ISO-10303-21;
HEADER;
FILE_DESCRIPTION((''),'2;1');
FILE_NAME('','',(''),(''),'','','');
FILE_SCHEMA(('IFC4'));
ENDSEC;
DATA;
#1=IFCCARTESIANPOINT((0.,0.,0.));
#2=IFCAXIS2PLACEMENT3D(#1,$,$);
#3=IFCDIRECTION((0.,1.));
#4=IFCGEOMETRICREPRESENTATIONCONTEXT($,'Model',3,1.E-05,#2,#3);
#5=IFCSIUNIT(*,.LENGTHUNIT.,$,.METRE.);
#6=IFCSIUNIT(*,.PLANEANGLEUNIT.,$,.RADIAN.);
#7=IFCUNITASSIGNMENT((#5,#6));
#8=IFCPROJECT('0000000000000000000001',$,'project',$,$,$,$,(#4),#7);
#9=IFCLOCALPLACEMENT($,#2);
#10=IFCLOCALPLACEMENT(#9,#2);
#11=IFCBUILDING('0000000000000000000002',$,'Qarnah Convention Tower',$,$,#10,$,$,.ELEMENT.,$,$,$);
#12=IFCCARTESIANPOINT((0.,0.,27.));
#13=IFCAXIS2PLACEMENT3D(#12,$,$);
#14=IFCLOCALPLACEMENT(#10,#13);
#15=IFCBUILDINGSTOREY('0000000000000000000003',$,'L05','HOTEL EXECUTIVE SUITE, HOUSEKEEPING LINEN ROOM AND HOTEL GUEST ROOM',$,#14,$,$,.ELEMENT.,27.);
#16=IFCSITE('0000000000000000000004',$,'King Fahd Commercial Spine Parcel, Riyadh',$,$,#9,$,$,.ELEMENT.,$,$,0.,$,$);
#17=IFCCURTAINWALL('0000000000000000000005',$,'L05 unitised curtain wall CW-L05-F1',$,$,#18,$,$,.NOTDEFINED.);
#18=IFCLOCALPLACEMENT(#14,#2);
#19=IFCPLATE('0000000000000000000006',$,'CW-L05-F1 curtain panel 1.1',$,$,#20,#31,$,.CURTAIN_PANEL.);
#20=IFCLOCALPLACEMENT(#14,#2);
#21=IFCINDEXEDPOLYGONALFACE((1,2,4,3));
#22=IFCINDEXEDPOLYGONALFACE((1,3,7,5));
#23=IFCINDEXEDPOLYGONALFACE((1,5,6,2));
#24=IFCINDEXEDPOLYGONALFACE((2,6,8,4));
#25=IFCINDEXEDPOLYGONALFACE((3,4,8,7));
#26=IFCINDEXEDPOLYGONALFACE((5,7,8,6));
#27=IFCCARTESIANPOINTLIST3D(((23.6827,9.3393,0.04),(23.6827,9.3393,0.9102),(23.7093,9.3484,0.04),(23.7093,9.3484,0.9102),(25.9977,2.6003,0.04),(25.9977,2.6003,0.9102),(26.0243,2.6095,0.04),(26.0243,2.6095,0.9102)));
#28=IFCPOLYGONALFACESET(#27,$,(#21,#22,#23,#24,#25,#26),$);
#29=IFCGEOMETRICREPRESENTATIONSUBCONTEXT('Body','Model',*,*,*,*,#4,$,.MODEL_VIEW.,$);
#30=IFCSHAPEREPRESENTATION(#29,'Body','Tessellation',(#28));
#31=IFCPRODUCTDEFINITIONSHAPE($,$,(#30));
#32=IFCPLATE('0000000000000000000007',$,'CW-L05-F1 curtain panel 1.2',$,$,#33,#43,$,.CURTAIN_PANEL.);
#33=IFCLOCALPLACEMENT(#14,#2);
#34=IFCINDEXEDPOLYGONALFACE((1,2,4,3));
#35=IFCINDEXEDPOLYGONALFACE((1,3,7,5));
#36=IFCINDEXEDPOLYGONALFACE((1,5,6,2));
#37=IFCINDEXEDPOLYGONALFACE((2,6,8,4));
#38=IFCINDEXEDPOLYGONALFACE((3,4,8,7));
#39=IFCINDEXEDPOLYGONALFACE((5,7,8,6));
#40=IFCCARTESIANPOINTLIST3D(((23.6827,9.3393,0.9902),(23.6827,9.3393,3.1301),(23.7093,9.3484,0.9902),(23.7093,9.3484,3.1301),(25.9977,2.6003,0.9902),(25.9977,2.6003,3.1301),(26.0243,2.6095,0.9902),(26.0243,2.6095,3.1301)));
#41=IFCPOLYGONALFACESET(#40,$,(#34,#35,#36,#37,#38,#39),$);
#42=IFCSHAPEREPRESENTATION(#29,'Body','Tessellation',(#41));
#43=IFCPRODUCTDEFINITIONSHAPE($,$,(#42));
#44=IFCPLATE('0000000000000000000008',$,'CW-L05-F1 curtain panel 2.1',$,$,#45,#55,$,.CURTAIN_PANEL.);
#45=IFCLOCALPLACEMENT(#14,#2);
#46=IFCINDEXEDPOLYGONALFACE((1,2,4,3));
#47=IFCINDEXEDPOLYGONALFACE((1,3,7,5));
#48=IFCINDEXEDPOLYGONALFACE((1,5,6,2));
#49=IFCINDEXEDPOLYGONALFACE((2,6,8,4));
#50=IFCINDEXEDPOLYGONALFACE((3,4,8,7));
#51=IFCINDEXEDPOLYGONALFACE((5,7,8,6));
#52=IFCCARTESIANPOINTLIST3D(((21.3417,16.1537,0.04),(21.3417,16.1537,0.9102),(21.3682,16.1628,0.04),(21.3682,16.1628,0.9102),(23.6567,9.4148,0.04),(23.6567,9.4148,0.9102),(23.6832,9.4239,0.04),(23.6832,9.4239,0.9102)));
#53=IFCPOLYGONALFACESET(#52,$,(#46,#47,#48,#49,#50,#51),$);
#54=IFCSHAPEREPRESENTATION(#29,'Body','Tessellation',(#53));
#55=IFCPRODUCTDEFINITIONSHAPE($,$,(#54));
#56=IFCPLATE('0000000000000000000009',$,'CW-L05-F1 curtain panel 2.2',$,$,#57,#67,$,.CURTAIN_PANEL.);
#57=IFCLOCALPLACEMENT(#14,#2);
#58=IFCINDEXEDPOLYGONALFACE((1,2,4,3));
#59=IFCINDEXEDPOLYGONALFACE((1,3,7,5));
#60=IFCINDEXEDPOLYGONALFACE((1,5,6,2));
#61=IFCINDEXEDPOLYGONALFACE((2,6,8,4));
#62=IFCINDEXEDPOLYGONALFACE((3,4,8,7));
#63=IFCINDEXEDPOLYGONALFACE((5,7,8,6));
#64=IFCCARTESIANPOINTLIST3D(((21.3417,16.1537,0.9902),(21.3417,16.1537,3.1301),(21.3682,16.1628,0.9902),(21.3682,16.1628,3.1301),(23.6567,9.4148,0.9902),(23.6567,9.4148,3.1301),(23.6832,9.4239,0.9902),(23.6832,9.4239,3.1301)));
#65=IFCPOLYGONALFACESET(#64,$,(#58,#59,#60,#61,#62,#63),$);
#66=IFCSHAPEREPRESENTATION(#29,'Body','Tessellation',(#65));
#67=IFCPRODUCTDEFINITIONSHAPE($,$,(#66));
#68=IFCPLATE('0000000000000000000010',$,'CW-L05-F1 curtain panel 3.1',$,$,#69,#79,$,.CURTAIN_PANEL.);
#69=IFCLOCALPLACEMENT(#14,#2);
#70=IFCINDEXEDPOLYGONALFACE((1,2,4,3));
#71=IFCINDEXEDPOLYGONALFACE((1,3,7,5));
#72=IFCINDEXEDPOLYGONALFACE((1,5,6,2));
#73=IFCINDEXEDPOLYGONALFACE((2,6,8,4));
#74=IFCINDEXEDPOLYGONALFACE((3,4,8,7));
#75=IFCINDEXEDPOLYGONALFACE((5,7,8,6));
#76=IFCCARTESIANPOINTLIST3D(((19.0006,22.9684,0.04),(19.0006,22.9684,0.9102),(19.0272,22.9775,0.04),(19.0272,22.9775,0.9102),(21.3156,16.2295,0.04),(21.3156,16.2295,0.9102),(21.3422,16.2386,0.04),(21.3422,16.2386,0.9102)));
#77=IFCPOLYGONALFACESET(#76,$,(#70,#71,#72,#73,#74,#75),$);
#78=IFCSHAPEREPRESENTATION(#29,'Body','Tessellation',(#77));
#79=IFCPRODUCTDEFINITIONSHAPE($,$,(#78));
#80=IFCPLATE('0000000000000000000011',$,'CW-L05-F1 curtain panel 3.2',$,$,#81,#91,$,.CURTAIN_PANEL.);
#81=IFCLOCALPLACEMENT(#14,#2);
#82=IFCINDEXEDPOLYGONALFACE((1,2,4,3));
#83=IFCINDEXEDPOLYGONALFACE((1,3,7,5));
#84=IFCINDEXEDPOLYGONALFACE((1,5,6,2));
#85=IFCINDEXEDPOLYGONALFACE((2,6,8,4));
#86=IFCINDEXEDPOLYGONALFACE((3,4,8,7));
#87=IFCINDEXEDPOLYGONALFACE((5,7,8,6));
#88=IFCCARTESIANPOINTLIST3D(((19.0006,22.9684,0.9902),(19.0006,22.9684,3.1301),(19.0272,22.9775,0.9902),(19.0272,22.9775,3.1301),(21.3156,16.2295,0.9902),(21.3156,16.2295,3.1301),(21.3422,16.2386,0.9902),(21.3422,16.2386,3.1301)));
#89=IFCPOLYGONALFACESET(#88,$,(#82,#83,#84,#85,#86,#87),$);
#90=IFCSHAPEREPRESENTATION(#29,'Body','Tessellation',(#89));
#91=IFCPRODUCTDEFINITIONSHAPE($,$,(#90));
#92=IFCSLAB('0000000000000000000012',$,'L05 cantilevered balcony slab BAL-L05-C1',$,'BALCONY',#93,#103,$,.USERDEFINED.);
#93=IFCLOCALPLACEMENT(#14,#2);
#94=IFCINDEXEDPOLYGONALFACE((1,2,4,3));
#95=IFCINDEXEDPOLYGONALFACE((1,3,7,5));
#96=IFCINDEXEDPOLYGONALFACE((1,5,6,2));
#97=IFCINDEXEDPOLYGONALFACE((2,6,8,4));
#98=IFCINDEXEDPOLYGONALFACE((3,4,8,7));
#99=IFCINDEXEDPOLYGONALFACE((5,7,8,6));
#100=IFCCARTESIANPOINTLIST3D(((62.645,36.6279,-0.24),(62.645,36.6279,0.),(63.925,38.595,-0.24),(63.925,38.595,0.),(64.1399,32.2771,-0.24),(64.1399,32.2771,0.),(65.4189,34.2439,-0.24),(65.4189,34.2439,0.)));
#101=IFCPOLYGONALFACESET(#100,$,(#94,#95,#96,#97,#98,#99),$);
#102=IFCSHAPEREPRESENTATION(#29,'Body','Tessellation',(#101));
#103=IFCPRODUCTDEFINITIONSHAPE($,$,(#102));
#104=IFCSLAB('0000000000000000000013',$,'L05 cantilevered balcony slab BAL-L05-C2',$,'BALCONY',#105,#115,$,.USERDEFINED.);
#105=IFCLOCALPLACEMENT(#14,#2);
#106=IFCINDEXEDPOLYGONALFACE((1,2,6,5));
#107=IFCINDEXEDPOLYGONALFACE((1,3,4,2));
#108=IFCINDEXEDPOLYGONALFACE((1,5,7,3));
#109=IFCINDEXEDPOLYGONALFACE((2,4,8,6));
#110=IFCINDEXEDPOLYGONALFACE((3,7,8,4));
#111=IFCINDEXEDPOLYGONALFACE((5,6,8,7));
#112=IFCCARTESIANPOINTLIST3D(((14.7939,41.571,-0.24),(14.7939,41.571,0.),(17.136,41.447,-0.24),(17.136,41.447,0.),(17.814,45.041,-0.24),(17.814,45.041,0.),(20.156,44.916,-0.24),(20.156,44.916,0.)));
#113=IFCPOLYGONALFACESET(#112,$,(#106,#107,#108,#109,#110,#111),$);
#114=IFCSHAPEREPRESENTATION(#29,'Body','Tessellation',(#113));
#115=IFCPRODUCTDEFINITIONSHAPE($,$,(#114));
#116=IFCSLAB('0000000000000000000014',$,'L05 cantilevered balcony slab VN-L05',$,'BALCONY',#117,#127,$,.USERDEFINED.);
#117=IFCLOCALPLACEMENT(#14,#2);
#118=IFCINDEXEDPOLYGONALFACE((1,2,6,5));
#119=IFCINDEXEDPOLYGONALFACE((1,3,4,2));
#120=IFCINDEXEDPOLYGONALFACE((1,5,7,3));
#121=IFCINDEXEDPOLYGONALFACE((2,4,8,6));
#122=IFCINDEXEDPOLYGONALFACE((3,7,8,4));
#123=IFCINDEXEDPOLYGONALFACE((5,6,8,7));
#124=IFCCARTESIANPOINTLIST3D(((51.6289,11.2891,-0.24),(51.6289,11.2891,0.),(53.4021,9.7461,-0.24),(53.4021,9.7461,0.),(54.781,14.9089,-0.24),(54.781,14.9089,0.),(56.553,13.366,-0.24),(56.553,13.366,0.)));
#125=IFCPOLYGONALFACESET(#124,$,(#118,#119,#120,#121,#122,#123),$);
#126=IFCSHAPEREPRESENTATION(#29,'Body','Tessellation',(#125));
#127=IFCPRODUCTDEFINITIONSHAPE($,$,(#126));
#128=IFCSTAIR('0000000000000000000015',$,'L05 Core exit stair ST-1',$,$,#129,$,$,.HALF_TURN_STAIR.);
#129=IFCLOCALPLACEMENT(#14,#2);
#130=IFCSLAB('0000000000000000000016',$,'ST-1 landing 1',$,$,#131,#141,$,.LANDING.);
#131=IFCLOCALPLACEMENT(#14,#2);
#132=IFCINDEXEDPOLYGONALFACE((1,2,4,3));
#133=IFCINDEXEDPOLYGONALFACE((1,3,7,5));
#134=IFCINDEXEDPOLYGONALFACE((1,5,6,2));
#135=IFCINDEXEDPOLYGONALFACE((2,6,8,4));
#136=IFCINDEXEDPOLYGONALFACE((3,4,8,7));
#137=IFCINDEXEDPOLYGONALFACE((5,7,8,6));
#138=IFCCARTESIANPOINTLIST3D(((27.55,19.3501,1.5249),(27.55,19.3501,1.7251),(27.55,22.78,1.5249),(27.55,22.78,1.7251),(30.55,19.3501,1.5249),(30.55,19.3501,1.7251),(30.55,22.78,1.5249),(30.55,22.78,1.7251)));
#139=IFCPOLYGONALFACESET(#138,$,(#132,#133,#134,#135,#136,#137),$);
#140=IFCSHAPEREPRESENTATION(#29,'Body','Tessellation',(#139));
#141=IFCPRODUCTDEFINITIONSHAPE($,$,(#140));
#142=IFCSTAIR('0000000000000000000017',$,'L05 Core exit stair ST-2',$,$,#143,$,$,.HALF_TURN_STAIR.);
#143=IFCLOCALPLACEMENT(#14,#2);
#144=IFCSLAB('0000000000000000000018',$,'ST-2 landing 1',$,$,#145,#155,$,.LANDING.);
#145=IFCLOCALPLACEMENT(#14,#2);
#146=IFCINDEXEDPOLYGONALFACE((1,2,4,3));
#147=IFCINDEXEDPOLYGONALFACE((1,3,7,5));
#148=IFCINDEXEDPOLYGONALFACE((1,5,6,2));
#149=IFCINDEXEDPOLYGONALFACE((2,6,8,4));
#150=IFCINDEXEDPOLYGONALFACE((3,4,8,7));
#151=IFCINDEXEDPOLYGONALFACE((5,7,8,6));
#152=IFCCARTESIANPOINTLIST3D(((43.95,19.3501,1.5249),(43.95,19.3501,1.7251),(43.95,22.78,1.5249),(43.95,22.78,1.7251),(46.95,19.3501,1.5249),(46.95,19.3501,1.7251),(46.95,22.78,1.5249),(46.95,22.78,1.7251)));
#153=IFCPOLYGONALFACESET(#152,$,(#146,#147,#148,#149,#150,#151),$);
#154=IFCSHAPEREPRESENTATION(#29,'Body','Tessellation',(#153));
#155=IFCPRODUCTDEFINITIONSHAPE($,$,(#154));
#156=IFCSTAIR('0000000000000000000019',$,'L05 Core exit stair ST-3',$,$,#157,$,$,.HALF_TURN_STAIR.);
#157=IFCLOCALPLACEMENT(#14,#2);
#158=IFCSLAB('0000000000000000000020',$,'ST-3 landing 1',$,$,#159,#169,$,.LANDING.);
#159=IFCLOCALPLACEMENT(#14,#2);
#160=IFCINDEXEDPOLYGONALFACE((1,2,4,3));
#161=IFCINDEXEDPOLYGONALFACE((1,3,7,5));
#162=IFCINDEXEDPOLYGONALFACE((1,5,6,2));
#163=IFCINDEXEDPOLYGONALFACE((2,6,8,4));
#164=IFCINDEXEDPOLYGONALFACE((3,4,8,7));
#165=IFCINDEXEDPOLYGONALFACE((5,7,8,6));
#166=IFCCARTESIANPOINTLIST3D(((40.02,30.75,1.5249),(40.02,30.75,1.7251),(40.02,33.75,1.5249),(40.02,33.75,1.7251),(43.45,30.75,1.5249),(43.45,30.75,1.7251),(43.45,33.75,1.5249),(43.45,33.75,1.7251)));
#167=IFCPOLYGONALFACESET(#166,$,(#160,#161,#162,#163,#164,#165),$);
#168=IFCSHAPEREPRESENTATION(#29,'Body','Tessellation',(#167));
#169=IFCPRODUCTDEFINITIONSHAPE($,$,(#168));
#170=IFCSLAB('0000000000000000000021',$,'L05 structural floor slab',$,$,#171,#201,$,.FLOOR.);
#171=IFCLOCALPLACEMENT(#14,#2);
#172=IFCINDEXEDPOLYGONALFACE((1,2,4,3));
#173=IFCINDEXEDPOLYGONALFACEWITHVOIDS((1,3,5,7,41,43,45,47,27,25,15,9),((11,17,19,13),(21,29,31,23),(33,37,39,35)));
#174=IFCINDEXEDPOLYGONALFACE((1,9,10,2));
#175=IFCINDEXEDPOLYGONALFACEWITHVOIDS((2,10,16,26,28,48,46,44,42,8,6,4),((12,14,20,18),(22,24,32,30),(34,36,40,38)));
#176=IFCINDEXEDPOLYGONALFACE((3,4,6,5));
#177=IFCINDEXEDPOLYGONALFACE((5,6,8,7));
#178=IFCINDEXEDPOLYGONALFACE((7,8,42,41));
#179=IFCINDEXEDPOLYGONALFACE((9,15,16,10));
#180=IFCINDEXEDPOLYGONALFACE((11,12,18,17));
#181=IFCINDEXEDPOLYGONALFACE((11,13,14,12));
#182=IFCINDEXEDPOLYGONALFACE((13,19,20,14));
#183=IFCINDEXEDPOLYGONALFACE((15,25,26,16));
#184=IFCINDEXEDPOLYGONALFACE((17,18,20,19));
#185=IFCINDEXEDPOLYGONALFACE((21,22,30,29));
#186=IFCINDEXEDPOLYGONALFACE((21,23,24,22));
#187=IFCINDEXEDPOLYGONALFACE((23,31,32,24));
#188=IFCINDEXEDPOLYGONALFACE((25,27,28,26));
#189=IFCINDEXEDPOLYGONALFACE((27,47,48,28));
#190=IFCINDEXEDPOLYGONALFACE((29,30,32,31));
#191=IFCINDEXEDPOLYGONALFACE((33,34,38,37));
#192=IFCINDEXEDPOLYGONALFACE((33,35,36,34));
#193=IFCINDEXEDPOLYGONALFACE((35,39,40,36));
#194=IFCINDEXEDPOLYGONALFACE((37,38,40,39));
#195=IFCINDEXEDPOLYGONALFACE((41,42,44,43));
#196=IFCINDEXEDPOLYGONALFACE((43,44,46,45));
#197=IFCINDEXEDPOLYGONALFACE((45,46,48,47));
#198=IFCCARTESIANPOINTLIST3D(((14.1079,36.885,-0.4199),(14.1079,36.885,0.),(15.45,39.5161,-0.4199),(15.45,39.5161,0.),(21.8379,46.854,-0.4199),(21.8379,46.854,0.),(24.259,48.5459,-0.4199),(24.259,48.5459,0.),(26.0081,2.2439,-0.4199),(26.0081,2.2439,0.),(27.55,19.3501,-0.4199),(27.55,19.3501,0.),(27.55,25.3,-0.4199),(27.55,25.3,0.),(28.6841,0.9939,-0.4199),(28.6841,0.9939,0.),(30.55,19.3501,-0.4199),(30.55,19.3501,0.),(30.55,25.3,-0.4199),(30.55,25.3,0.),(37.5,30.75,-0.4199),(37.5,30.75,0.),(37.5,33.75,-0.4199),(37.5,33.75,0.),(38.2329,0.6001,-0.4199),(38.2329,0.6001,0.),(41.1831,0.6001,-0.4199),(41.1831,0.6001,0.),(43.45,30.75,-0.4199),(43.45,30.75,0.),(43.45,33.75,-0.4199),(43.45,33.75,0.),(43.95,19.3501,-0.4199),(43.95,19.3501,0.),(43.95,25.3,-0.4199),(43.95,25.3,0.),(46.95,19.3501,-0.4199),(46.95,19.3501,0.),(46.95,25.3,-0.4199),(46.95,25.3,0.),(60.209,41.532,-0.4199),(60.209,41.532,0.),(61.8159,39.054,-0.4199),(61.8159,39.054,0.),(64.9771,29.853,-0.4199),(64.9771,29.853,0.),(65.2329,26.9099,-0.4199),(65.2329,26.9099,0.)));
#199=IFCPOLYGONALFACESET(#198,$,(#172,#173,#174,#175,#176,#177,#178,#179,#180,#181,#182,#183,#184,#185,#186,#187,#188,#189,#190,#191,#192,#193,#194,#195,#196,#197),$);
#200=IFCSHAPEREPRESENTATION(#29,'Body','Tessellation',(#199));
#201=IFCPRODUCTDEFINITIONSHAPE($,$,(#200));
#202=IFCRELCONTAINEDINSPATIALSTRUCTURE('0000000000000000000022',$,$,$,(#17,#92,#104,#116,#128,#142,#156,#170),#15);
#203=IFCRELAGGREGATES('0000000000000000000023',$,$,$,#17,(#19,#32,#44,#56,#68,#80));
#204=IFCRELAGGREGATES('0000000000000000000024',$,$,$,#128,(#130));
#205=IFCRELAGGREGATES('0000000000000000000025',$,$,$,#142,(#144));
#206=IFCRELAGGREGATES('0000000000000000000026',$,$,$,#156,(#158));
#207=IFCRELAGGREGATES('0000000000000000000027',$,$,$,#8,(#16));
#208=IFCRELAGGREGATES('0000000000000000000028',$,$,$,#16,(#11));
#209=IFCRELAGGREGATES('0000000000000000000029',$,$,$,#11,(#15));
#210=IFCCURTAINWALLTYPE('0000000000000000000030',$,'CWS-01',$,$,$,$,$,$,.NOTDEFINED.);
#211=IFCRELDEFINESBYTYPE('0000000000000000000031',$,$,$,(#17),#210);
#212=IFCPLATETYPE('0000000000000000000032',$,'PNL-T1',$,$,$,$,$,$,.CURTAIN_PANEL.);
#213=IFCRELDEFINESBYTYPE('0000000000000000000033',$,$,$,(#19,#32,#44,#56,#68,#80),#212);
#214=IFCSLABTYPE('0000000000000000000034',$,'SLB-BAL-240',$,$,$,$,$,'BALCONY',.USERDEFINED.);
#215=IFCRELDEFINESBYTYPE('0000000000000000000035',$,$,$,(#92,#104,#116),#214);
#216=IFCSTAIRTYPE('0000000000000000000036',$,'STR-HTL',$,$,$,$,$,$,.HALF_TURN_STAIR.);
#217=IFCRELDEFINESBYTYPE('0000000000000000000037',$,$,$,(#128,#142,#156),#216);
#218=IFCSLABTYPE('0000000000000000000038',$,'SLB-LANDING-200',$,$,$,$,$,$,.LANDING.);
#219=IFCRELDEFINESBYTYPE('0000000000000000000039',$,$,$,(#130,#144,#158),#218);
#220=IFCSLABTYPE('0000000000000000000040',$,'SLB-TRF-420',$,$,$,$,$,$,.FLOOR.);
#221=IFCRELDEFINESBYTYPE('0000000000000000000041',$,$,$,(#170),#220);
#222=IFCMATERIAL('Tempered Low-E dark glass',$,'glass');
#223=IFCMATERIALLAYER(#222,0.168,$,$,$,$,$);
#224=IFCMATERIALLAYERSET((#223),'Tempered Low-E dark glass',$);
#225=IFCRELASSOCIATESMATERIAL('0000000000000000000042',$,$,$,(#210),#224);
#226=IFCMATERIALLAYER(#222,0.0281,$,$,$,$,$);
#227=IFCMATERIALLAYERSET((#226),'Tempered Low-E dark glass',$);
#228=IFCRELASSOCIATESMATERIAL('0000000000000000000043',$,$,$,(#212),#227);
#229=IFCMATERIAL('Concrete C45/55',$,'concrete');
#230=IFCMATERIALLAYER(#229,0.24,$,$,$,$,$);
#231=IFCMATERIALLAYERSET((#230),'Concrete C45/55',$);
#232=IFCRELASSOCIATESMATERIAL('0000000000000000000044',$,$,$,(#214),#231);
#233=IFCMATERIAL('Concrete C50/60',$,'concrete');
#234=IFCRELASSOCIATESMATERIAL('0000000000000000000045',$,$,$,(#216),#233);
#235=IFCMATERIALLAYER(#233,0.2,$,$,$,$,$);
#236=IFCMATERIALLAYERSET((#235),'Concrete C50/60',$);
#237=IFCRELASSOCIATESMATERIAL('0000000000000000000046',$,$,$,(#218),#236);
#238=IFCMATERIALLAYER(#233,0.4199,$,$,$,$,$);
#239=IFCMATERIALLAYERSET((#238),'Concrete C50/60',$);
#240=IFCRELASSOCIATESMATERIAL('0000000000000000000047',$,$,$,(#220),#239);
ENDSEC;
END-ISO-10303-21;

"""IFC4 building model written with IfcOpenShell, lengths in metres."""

from ifc_helpers import new_model, si_unit, direction, frame, origin, origin_2d, place, context, subcontext, project, spatial, polyline, rectangle, outline, extrude, material, layer, layer_set, type_object, element, aggregate, save


model = new_model("IFC4")

# Units and contexts
model_context = context("Model", 3, precision=1e-05, world=origin(), true_north=direction((0.0, 1.0)))
body_context = subcontext(model_context, "Body", "Model", "MODEL_VIEW")
ifc_project = project(units=[si_unit("LENGTHUNIT", "METRE"), si_unit("PLANEANGLEUNIT", "RADIAN")], contexts=[model_context])

# Site, building, storey
site_placement = place(None, origin())
site = spatial("IfcSite", under=ifc_project, at=site_placement, Name="King Fahd Commercial Spine Parcel, Riyadh", CompositionType="ELEMENT", RefElevation=0.0)
building_placement = place(site_placement, origin())
building = spatial("IfcBuilding", under=site, at=building_placement, Name="Qarnah Convention Tower", CompositionType="ELEMENT")
storey_placement = place(building_placement, frame((0.0, 0.0, 27.0)))
storey = spatial("IfcBuildingStorey", under=building, at=storey_placement, Name="L05", Description="HOTEL EXECUTIVE SUITE, HOUSEKEEPING LINEN ROOM AND HOTEL GUEST ROOM", CompositionType="ELEMENT", Elevation=27.0)

# Curtain wall, plates
ifc_material_1 = material(Name="Tempered Low-E dark glass", Category="glass")
ifc_layer_1 = layer(ifc_material_1, 0.168)
ifc_layer_set_1 = layer_set([ifc_layer_1], Name="Tempered Low-E dark glass")
curtain_wall_type = type_object("IfcCurtainWallType", Name="CWS-01", PredefinedType="NOTDEFINED", material=ifc_layer_set_1)
curtain_wall_placement = place(storey_placement, origin())
curtain_wall = element("IfcCurtainWall", 1, at=curtain_wall_placement, inside=storey, type_object=curtain_wall_type, Name="L05 unitised curtain wall CW-L05-F1", PredefinedType="NOTDEFINED")
ifc_layer_2 = layer(ifc_material_1, 0.0281)
ifc_layer_set_2 = layer_set([ifc_layer_2], Name="Tempered Low-E dark glass")
plate_type = type_object("IfcPlateType", Name="PNL-T1", PredefinedType="CURTAIN_PANEL", material=ifc_layer_set_2)
plate_1_placement = place(storey_placement, frame((24.8535, 5.9744, 0.04), z_axis=(0.0, 0.0, 1.0), x_axis=(-0.324891, 0.945751, 0.0)))
plate_1 = element("IfcPlate", 2, at=plate_1_placement, type_object=plate_type, Name="CW-L05-F1 curtain panel 1.1", PredefinedType="CURTAIN_PANEL", context=body_context, shape_type="SweptSolid", body=[
    extrude(rectangle(XDim=7.1255, YDim=0.0281, at=origin_2d()), origin(), (0.0, 0.0, 1.0), 0.8701),
])
plate_2_placement = place(storey_placement, frame((24.8535, 5.9744, 0.9902), z_axis=(0.0, 0.0, 1.0), x_axis=(-0.324891, 0.945751, 0.0)))
plate_2 = element("IfcPlate", 3, at=plate_2_placement, type_object=plate_type, Name="CW-L05-F1 curtain panel 1.2", PredefinedType="CURTAIN_PANEL", context=body_context, shape_type="SweptSolid", body=[
    extrude(rectangle(XDim=7.1255, YDim=0.0281, at=origin_2d()), origin(), (0.0, 0.0, 1.0), 2.1399),
])
plate_3_placement = place(storey_placement, frame((22.5125, 12.7888, 0.04), z_axis=(0.0, 0.0, 1.0), x_axis=(-0.324891, 0.945751, 0.0)))
plate_3 = element("IfcPlate", 4, at=plate_3_placement, type_object=plate_type, Name="CW-L05-F1 curtain panel 2.1", PredefinedType="CURTAIN_PANEL", context=body_context, shape_type="SweptSolid", body=[
    extrude(rectangle(XDim=7.1255, YDim=0.0281, at=origin_2d()), origin(), (0.0, 0.0, 1.0), 0.8701),
])
plate_4_placement = place(storey_placement, frame((22.5125, 12.7888, 0.9902), z_axis=(0.0, 0.0, 1.0), x_axis=(-0.324891, 0.945751, 0.0)))
plate_4 = element("IfcPlate", 5, at=plate_4_placement, type_object=plate_type, Name="CW-L05-F1 curtain panel 2.2", PredefinedType="CURTAIN_PANEL", context=body_context, shape_type="SweptSolid", body=[
    extrude(rectangle(XDim=7.1255, YDim=0.0281, at=origin_2d()), origin(), (0.0, 0.0, 1.0), 2.1399),
])
plate_5_placement = place(storey_placement, frame((20.1714, 19.6035, 0.04), z_axis=(0.0, 0.0, 1.0), x_axis=(-0.324891, 0.945751, 0.0)))
plate_5 = element("IfcPlate", 6, at=plate_5_placement, type_object=plate_type, Name="CW-L05-F1 curtain panel 3.1", PredefinedType="CURTAIN_PANEL", context=body_context, shape_type="SweptSolid", body=[
    extrude(rectangle(XDim=7.1255, YDim=0.0281, at=origin_2d()), origin(), (0.0, 0.0, 1.0), 0.8701),
])
plate_6_placement = place(storey_placement, frame((20.1714, 19.6035, 0.9902), z_axis=(0.0, 0.0, 1.0), x_axis=(-0.324891, 0.945751, 0.0)))
plate_6 = element("IfcPlate", 7, at=plate_6_placement, type_object=plate_type, Name="CW-L05-F1 curtain panel 3.2", PredefinedType="CURTAIN_PANEL", context=body_context, shape_type="SweptSolid", body=[
    extrude(rectangle(XDim=7.1255, YDim=0.0281, at=origin_2d()), origin(), (0.0, 0.0, 1.0), 2.1399),
])
aggregate(curtain_wall, [plate_1, plate_2, plate_3, plate_4, plate_5, plate_6])

# Slabs
ifc_material_2 = material(Name="Concrete C45/55", Category="concrete")
ifc_layer_3 = layer(ifc_material_2, 0.24)
ifc_layer_set_3 = layer_set([ifc_layer_3], Name="Concrete C45/55")
slab_type_1 = type_object("IfcSlabType", Name="SLB-BAL-240", ElementType="BALCONY", PredefinedType="USERDEFINED", material=ifc_layer_set_3)
slab_1_placement = place(storey_placement, frame((0.0, 0.0, -0.24)))
element("IfcSlab", 8, at=slab_1_placement, inside=storey, type_object=slab_type_1, Name="L05 cantilevered balcony slab BAL-L05-C1", ObjectType="BALCONY", PredefinedType="USERDEFINED", context=body_context, shape_type="SweptSolid", body=[
    extrude(outline(polyline([(63.925, 38.595), (65.4189, 34.2439), (64.1399, 32.2771), (62.645, 36.6279), (63.925, 38.595)])), origin(), (0.0, 0.0, 1.0), 0.24),
])
slab_2_placement = place(storey_placement, frame((0.0, 0.0, -0.24)))
element("IfcSlab", 9, at=slab_2_placement, inside=storey, type_object=slab_type_1, Name="L05 cantilevered balcony slab BAL-L05-C2", ObjectType="BALCONY", PredefinedType="USERDEFINED", context=body_context, shape_type="SweptSolid", body=[
    extrude(outline(polyline([(14.7939, 41.571), (17.814, 45.041), (20.156, 44.916), (17.136, 41.447), (14.7939, 41.571)])), origin(), (0.0, 0.0, 1.0), 0.24),
])
slab_3_placement = place(storey_placement, frame((0.0, 0.0, -0.24)))
element("IfcSlab", 10, at=slab_3_placement, inside=storey, type_object=slab_type_1, Name="L05 cantilevered balcony slab VN-L05", ObjectType="BALCONY", PredefinedType="USERDEFINED", context=body_context, shape_type="SweptSolid", body=[
    extrude(outline(polyline([(54.781, 14.9089), (56.553, 13.366), (53.4021, 9.7461), (51.6289, 11.2891), (54.781, 14.9089)])), origin(), (0.0, 0.0, 1.0), 0.24),
])

# Stairs, slabs
ifc_material_3 = material(Name="Concrete C50/60", Category="concrete")
stair_type = type_object("IfcStairType", Name="STR-HTL", PredefinedType="HALF_TURN_STAIR", material=ifc_material_3)
stair_1_placement = place(storey_placement, origin())
stair_1 = element("IfcStair", 11, at=stair_1_placement, inside=storey, type_object=stair_type, Name="L05 Core exit stair ST-1", PredefinedType="HALF_TURN_STAIR")
ifc_layer_4 = layer(ifc_material_3, 0.2)
ifc_layer_set_4 = layer_set([ifc_layer_4], Name="Concrete C50/60")
slab_type_2 = type_object("IfcSlabType", Name="SLB-LANDING-200", PredefinedType="LANDING", material=ifc_layer_set_4)
slab_4_placement = place(storey_placement, frame((0.0, 0.0, 1.5249)))
slab_4 = element("IfcSlab", 12, at=slab_4_placement, type_object=slab_type_2, Name="ST-1 landing 1", PredefinedType="LANDING", context=body_context, shape_type="SweptSolid", body=[
    extrude(outline(polyline([(27.55, 22.78), (27.55, 19.3501), (30.55, 19.3501), (30.55, 22.78), (27.55, 22.78)])), origin(), (0.0, 0.0, 1.0), 0.2002),
])
aggregate(stair_1, [slab_4])
stair_2_placement = place(storey_placement, origin())
stair_2 = element("IfcStair", 13, at=stair_2_placement, inside=storey, type_object=stair_type, Name="L05 Core exit stair ST-2", PredefinedType="HALF_TURN_STAIR")
slab_5_placement = place(storey_placement, frame((0.0, 0.0, 1.5249)))
slab_5 = element("IfcSlab", 14, at=slab_5_placement, type_object=slab_type_2, Name="ST-2 landing 1", PredefinedType="LANDING", context=body_context, shape_type="SweptSolid", body=[
    extrude(outline(polyline([(43.95, 22.78), (43.95, 19.3501), (46.95, 19.3501), (46.95, 22.78), (43.95, 22.78)])), origin(), (0.0, 0.0, 1.0), 0.2002),
])
aggregate(stair_2, [slab_5])
stair_3_placement = place(storey_placement, origin())
stair_3 = element("IfcStair", 15, at=stair_3_placement, inside=storey, type_object=stair_type, Name="L05 Core exit stair ST-3", PredefinedType="HALF_TURN_STAIR")
slab_6_placement = place(storey_placement, frame((0.0, 0.0, 1.5249)))
slab_6 = element("IfcSlab", 16, at=slab_6_placement, type_object=slab_type_2, Name="ST-3 landing 1", PredefinedType="LANDING", context=body_context, shape_type="SweptSolid", body=[
    extrude(outline(polyline([(40.02, 30.75), (43.45, 30.75), (43.45, 33.75), (40.02, 33.75), (40.02, 30.75)])), origin(), (0.0, 0.0, 1.0), 0.2002),
])
aggregate(stair_3, [slab_6])

# Slab
ifc_layer_5 = layer(ifc_material_3, 0.4199)
ifc_layer_set_5 = layer_set([ifc_layer_5], Name="Concrete C50/60")
slab_type_3 = type_object("IfcSlabType", Name="SLB-TRF-420", PredefinedType="FLOOR", material=ifc_layer_set_5)
slab_7_placement = place(storey_placement, frame((0.0, 0.0, -0.4199)))
element("IfcSlab", 17, at=slab_7_placement, inside=storey, type_object=slab_type_3, Name="L05 structural floor slab", PredefinedType="FLOOR", context=body_context, shape_type="SweptSolid", body=[
    extrude(outline(polyline([(60.209, 41.532), (24.259, 48.5459), (21.8379, 46.854), (15.45, 39.5161), (14.1079, 36.885), (26.0081, 2.2439), (28.6841, 0.9939), (38.2329, 0.6001), (41.1831, 0.6001), (65.2329, 26.9099), (64.9771, 29.853), (61.8159, 39.054), (60.209, 41.532)]), holes=[polyline([(27.55, 25.3), (27.55, 19.3501), (30.55, 19.3501), (30.55, 25.3), (27.55, 25.3)]), polyline([(43.95, 25.3), (43.95, 19.3501), (46.95, 19.3501), (46.95, 25.3), (43.95, 25.3)]), polyline([(37.5, 30.75), (43.45, 30.75), (43.45, 33.75), (37.5, 33.75), (37.5, 30.75)])]), origin(), (0.0, 0.0, 1.0), 0.4199),
])

save(model, "model.ifc")
